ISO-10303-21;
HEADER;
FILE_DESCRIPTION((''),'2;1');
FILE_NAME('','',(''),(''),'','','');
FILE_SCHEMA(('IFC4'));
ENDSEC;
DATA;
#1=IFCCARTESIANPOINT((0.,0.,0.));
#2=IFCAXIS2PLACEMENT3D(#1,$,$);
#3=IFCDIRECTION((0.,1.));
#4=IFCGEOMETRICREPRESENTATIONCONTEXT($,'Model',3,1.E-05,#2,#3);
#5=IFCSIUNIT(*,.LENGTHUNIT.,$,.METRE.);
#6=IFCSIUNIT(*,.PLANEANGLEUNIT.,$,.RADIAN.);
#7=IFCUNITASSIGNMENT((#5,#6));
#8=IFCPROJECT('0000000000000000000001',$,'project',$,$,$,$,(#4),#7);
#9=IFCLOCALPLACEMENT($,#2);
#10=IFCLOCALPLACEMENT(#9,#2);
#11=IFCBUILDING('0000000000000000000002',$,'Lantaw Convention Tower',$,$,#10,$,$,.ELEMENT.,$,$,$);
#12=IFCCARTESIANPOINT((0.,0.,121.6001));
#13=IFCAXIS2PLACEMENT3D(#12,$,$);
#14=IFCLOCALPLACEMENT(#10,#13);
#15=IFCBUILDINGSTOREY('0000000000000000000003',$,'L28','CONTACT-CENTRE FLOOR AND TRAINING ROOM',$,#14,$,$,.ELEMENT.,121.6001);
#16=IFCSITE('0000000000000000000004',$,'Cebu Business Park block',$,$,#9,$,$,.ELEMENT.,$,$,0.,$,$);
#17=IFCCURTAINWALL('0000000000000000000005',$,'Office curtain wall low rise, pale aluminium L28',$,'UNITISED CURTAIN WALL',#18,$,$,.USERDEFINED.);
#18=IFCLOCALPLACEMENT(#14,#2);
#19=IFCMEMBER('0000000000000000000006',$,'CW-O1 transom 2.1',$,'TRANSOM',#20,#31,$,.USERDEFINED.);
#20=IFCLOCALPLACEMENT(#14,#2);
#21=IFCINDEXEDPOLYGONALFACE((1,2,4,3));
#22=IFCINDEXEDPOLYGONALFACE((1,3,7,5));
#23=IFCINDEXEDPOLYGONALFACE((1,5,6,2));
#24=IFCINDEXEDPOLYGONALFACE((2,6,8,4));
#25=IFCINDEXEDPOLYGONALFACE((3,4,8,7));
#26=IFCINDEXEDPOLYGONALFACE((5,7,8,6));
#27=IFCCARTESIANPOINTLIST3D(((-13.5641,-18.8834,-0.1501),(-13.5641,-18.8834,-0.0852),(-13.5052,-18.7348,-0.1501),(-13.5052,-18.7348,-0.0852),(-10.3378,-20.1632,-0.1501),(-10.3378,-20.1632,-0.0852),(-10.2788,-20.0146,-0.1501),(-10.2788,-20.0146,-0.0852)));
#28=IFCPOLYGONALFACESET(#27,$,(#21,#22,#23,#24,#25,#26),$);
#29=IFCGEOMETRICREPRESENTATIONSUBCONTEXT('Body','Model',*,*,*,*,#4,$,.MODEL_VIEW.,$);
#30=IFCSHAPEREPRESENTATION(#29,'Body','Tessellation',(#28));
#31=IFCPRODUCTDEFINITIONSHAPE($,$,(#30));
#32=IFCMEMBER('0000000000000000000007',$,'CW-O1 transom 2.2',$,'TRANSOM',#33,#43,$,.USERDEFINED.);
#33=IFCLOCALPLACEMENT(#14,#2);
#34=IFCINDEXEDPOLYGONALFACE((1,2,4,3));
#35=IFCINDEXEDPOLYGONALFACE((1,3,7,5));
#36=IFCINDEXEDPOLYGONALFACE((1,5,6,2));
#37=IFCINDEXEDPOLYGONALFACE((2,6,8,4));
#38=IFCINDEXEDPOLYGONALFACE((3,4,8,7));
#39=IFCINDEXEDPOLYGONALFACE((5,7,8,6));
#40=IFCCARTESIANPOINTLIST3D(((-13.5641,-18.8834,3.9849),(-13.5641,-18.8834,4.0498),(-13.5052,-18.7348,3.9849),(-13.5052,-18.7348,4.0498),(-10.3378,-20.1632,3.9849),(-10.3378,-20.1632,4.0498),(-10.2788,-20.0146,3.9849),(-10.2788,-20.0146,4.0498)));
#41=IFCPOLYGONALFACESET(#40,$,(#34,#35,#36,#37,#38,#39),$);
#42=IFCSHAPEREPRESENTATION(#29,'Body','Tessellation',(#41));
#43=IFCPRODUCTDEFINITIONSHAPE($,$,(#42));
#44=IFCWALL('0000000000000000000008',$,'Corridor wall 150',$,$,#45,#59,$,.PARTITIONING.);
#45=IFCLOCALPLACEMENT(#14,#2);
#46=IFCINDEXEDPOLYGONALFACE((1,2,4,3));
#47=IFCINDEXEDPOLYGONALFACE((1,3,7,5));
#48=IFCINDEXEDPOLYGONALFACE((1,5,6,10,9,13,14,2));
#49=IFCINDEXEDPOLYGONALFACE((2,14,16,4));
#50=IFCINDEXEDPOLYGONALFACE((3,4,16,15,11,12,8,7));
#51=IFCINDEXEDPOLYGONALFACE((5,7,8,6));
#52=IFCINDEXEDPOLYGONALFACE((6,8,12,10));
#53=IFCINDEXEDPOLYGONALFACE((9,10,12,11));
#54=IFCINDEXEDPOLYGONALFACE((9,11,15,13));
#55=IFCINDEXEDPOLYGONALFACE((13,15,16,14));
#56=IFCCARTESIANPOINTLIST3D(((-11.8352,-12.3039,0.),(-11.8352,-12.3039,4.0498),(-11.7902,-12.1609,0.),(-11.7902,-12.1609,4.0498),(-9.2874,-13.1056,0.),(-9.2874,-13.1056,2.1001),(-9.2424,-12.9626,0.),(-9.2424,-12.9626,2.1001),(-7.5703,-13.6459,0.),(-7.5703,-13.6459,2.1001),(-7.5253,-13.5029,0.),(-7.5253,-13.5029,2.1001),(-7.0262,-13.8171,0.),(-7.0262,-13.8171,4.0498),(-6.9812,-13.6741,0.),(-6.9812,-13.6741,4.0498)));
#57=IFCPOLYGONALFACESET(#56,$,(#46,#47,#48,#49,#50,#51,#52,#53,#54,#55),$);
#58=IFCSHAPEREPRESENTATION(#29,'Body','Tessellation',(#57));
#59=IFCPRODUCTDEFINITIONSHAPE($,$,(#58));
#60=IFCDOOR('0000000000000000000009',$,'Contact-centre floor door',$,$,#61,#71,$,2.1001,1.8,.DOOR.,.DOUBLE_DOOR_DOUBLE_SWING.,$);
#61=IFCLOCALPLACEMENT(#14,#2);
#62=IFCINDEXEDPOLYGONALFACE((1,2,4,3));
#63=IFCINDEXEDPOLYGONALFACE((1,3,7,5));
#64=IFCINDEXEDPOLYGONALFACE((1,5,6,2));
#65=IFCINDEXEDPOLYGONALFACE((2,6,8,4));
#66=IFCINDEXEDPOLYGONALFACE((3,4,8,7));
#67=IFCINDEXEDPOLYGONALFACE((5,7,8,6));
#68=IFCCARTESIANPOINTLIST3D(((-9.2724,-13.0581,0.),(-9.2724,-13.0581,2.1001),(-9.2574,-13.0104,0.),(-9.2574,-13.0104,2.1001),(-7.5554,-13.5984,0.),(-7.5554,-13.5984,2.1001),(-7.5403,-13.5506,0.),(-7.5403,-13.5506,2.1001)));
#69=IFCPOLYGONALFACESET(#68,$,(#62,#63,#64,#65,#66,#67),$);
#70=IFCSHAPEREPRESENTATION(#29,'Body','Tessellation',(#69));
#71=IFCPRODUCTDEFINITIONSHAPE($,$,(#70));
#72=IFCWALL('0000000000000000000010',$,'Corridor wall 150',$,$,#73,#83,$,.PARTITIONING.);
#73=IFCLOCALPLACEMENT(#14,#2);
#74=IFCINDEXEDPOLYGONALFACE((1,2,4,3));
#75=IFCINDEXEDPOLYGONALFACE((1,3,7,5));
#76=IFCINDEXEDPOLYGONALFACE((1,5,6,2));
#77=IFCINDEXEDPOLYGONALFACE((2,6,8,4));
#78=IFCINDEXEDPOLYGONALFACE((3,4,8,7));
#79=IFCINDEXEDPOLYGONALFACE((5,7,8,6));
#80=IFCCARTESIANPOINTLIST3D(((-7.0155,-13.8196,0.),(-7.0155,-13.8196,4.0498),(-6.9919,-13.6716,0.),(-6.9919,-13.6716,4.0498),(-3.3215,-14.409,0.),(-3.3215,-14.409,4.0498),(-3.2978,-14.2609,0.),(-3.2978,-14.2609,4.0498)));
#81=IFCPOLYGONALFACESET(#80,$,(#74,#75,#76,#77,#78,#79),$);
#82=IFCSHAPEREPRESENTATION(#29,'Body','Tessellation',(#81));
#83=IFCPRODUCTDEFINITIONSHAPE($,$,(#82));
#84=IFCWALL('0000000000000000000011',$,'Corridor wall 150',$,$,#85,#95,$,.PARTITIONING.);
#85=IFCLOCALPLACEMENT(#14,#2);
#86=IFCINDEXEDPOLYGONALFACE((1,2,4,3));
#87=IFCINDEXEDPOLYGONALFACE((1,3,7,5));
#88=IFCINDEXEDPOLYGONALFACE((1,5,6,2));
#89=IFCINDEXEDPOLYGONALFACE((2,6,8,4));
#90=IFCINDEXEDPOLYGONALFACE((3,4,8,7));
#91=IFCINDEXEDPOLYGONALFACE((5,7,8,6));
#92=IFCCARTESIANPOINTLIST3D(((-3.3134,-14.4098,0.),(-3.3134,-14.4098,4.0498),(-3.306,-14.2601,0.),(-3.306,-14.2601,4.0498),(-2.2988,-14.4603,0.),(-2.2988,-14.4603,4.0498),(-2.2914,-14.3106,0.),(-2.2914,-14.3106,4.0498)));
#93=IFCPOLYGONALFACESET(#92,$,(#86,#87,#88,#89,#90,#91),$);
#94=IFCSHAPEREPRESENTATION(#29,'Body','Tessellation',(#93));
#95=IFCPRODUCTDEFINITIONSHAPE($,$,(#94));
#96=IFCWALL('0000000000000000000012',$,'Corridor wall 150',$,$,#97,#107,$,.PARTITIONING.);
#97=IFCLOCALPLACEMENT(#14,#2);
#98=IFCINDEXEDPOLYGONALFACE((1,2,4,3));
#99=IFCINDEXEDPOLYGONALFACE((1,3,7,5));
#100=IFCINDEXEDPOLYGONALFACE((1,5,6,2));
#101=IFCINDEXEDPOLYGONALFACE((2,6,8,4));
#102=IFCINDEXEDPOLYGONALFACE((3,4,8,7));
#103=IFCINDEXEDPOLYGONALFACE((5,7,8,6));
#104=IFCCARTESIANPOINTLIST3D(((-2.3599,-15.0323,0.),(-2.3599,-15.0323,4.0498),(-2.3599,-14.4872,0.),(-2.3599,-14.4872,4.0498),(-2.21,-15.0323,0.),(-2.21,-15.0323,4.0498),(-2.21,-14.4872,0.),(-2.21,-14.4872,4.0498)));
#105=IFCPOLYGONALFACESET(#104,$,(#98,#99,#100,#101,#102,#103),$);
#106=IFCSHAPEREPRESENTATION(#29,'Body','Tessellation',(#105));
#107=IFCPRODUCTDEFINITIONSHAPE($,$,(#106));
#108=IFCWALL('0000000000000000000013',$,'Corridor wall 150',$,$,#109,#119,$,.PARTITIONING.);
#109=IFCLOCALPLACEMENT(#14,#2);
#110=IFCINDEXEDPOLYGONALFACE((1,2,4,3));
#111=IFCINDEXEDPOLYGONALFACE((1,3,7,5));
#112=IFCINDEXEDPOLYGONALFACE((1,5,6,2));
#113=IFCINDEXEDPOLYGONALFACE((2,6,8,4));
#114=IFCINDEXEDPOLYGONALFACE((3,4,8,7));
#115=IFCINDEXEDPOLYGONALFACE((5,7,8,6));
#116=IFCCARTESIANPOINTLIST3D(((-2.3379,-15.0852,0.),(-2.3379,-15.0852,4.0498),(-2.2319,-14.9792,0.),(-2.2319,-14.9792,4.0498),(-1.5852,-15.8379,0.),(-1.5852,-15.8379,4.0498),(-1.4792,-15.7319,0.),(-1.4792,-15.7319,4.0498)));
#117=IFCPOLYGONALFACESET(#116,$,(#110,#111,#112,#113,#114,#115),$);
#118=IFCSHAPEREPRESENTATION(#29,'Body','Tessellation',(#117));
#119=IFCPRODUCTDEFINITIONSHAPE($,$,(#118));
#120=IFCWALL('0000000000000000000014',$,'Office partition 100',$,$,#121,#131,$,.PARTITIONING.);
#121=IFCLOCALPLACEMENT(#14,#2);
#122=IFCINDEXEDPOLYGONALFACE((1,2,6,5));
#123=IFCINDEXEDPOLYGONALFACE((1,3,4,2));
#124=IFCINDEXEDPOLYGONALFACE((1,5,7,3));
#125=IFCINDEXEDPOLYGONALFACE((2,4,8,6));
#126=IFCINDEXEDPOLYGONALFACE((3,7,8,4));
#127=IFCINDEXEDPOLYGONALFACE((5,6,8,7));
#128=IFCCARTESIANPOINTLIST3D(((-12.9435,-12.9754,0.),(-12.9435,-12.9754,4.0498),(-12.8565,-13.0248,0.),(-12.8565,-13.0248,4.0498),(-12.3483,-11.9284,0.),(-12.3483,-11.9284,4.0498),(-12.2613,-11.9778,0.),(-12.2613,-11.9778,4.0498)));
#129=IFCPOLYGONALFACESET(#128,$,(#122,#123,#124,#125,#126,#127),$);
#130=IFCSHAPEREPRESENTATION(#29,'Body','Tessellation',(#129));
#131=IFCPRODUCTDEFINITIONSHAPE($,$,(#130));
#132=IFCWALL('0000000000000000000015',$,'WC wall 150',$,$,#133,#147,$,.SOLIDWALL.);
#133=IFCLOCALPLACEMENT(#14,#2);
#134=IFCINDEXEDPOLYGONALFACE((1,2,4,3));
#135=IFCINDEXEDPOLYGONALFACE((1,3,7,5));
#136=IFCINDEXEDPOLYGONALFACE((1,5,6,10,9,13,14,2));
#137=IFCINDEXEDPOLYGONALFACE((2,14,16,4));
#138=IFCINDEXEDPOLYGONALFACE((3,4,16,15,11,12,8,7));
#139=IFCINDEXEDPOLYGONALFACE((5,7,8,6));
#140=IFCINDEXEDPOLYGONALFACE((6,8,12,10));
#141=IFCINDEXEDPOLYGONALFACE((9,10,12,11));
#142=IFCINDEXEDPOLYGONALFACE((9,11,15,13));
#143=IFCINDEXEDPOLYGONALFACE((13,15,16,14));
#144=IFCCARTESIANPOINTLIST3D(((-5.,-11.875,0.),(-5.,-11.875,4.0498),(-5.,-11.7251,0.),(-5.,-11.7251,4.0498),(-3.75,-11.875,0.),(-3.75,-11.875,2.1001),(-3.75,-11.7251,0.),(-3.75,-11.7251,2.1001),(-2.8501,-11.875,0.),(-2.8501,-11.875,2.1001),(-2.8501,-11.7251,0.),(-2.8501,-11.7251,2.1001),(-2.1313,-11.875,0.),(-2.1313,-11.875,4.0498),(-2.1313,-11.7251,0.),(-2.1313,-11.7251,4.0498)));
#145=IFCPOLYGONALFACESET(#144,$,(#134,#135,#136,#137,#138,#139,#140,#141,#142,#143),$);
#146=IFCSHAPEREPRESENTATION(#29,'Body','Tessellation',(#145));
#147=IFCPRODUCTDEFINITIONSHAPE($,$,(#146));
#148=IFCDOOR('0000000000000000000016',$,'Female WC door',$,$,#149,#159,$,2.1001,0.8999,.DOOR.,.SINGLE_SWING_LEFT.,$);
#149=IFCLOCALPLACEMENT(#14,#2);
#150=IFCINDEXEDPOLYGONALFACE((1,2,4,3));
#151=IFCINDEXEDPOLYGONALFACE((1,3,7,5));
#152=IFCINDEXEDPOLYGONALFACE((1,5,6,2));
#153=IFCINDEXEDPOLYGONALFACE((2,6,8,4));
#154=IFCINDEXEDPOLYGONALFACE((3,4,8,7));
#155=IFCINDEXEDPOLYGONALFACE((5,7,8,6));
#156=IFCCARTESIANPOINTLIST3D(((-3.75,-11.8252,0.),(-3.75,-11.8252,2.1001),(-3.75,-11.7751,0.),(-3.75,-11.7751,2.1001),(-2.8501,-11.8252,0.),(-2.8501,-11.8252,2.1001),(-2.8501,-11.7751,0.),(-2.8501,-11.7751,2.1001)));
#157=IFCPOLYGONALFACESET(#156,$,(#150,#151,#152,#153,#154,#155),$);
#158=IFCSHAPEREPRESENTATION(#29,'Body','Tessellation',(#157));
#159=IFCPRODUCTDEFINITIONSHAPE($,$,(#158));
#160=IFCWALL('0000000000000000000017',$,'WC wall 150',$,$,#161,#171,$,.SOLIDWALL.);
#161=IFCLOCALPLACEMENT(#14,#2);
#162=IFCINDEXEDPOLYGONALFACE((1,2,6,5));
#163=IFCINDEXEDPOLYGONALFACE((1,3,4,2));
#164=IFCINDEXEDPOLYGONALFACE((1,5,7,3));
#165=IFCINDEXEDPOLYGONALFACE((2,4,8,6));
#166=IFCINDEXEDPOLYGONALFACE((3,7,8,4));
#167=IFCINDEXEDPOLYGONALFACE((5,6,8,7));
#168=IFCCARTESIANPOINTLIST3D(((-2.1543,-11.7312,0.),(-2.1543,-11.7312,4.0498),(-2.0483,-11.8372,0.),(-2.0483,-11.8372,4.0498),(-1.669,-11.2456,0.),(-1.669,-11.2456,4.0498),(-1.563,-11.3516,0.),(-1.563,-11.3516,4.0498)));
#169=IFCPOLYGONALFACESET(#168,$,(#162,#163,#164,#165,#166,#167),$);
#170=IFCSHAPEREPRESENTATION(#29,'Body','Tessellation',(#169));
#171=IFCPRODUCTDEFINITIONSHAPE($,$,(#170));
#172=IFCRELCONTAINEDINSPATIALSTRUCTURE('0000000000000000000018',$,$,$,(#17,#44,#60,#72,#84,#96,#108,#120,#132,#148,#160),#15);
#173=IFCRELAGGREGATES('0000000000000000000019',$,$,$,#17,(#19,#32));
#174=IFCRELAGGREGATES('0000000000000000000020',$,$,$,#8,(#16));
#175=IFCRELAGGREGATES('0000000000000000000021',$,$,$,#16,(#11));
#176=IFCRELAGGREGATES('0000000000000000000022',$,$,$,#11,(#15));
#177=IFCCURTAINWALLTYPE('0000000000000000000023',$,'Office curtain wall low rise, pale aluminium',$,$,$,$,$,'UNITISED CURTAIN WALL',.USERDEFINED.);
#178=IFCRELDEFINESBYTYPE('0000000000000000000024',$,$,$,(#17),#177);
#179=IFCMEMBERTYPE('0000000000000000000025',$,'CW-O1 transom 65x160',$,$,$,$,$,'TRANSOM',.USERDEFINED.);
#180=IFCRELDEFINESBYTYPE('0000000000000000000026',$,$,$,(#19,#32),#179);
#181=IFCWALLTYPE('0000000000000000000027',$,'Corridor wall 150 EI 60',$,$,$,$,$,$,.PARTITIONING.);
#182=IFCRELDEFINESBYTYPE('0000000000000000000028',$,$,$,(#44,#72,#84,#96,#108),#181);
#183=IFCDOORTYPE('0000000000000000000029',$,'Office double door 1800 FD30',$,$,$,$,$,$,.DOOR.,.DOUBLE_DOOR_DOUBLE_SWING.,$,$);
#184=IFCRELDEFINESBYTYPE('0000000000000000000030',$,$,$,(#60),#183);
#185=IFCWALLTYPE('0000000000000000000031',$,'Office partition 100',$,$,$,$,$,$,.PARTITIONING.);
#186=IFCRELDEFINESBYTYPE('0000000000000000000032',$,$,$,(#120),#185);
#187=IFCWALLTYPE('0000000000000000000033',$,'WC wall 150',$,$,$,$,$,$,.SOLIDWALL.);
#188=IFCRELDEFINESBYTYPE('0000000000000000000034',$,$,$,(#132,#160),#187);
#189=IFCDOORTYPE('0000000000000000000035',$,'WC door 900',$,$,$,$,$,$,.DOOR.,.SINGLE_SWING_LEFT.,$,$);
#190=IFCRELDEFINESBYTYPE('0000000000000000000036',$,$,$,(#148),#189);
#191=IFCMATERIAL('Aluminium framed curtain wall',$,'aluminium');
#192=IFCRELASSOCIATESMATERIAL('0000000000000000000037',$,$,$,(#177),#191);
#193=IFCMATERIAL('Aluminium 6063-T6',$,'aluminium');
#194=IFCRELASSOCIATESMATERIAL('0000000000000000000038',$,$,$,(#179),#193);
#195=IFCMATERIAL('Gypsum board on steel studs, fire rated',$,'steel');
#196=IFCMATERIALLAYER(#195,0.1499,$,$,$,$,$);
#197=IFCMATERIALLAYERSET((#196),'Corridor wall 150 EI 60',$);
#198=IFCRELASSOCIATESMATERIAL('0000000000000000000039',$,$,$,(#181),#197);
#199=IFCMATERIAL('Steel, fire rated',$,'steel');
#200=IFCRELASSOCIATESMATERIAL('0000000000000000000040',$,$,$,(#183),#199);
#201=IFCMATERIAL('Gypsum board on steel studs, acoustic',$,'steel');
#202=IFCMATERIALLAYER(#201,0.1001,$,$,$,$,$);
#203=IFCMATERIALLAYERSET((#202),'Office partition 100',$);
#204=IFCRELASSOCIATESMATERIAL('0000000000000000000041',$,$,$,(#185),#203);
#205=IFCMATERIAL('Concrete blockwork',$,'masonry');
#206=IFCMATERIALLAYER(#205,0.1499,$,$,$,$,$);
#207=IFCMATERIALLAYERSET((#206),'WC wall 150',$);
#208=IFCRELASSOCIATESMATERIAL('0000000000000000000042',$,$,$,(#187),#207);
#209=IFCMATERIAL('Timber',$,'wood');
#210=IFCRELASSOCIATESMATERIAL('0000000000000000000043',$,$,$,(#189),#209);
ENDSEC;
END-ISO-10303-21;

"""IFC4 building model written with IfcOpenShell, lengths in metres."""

from ifc_helpers import new_model, si_unit, direction, frame, frame_2d, origin, origin_2d, place, context, subcontext, project, spatial, rectangle, extrude, material, layer, layer_set, material_profile, profile_set, type_object, element, fill, aggregate, save


model = new_model("IFC4")

# Units and contexts
model_context = context("Model", 3, precision=1e-05, world=origin(), true_north=direction((0.0, 1.0)))
body_context = subcontext(model_context, "Body", "Model", "MODEL_VIEW")
ifc_project = project(units=[si_unit("LENGTHUNIT", "METRE"), si_unit("PLANEANGLEUNIT", "RADIAN")], contexts=[model_context])

# Site, building, storey
site_placement = place(None, origin())
site = spatial("IfcSite", under=ifc_project, at=site_placement, Name="Cebu Business Park block", CompositionType="ELEMENT", RefElevation=0.0)
building_placement = place(site_placement, origin())
building = spatial("IfcBuilding", under=site, at=building_placement, Name="Lantaw Convention Tower", CompositionType="ELEMENT")
storey_placement = place(building_placement, frame((0.0, 0.0, 121.6001)))
storey = spatial("IfcBuildingStorey", under=building, at=storey_placement, Name="L28", Description="CONTACT-CENTRE FLOOR AND TRAINING ROOM", CompositionType="ELEMENT", Elevation=121.6001)

# Curtain wall, members
ifc_material_1 = material(Name="Aluminium framed curtain wall", Category="aluminium")
curtain_wall_type = type_object("IfcCurtainWallType", Name="Office curtain wall low rise, pale aluminium", ElementType="UNITISED CURTAIN WALL", PredefinedType="USERDEFINED", material=ifc_material_1)
curtain_wall_placement = place(storey_placement, origin())
curtain_wall = element("IfcCurtainWall", 1, at=curtain_wall_placement, inside=storey, type_object=curtain_wall_type, Name="Office curtain wall low rise, pale aluminium L28", ObjectType="UNITISED CURTAIN WALL", PredefinedType="USERDEFINED")
ifc_material_2 = material(Name="Aluminium 6063-T6", Category="aluminium")
ifc_material_profile_1 = material_profile(ifc_material_2, rectangle(XDim=0.1599, YDim=0.0649, at=origin_2d()), Name="CW-O1 transom 65x160")
ifc_profile_set_1 = profile_set([ifc_material_profile_1], Name="Aluminium 6063-T6")
member_type_1 = type_object("IfcMemberType", Name="CW-O1 transom 65x160", ElementType="TRANSOM", PredefinedType="USERDEFINED", material=ifc_profile_set_1)
member_1_placement = place(storey_placement, frame((-13.5347, -18.8091, -0.1177), z_axis=(0.92954, -0.368721, 0.0), x_axis=(0.368721, 0.92954, 0.0)))
member_1 = element("IfcMember", 2, at=member_1_placement, type_object=member_type_1, Name="CW-O1 transom 2.1", ObjectType="TRANSOM", PredefinedType="USERDEFINED", context=body_context, shape_type="SweptSolid", body=[
    extrude(rectangle(XDim=0.1599, YDim=0.0649, at=origin_2d()), origin(), (0.0, 0.0, 1.0), 3.4709),
])
member_2_placement = place(storey_placement, frame((-13.5347, -18.8091, 4.0173), z_axis=(0.92954, -0.368721, 0.0), x_axis=(0.368721, 0.92954, 0.0)))
member_2 = element("IfcMember", 3, at=member_2_placement, type_object=member_type_1, Name="CW-O1 transom 2.2", ObjectType="TRANSOM", PredefinedType="USERDEFINED", context=body_context, shape_type="SweptSolid", body=[
    extrude(rectangle(XDim=0.1599, YDim=0.0649, at=origin_2d()), origin(), (0.0, 0.0, 1.0), 3.4709),
])
aggregate(curtain_wall, [member_1, member_2])

# Wall, opening, door
ifc_material_3 = material(Name="Gypsum board on steel studs, fire rated", Category="steel")
ifc_layer_1 = layer(ifc_material_3, 0.1499)
ifc_layer_set_1 = layer_set([ifc_layer_1], Name="Corridor wall 150 EI 60")
wall_type_1 = type_object("IfcWallType", Name="Corridor wall 150 EI 60", PredefinedType="PARTITIONING", material=ifc_layer_set_1)
wall_1_placement = place(storey_placement, frame((-11.8127, -12.2324, 0.0), z_axis=(0.0, 0.0, 1.0), x_axis=(0.953894, -0.300144, 0.0)))
wall_1 = element("IfcWall", 4, at=wall_1_placement, inside=storey, type_object=wall_type_1, Name="Corridor wall 150", PredefinedType="PARTITIONING", context=body_context, shape_type="SweptSolid", body=[
    extrude(rectangle(XDim=5.0415, YDim=0.1499, at=frame_2d((2.5208, 0.0))), origin(), (0.0, 0.0, 1.0), 4.0498),
])
opening_1_placement = place(wall_1_placement, frame((2.6711, 0.0, 0.0)))
opening_1 = element("IfcOpeningElement", 5, at=opening_1_placement, cuts=wall_1, PredefinedType="OPENING", context=body_context, shape_type="SweptSolid", body=[
    extrude(rectangle(XDim=1.8, YDim=2.1001, at=frame_2d((0.8999, 1.05))), frame((0.0, 0.085, 0.0), z_axis=(0.0, -1.0, 0.0), x_axis=(1.0, 0.0, 0.0)), (0.0, 0.0, 1.0), 0.1699),
])
ifc_material_4 = material(Name="Steel, fire rated", Category="steel")
door_type_1 = type_object("IfcDoorType", Name="Office double door 1800 FD30", OperationType="DOUBLE_DOOR_DOUBLE_SWING", PredefinedType="DOOR", material=ifc_material_4)
door_1_placement = place(opening_1_placement, origin())
door_1 = element("IfcDoor", 6, at=door_1_placement, inside=storey, type_object=door_type_1, Name="Contact-centre floor door", OperationType="DOUBLE_DOOR_DOUBLE_SWING", OverallHeight=2.1001, OverallWidth=1.8, PredefinedType="DOOR", context=body_context, shape_type="SweptSolid", body=[
    extrude(rectangle(XDim=1.8, YDim=2.1001, at=frame_2d((0.8999, 1.05))), frame((0.0, 0.0249, 0.0), z_axis=(0.0, -1.0, 0.0), x_axis=(1.0, 0.0, 0.0)), (0.0, 0.0, 1.0), 0.05),
])
fill(opening_1, door_1)

# Walls
wall_2_placement = place(storey_placement, frame((-7.0037, -13.7456, 0.0), z_axis=(0.0, 0.0, 1.0), x_axis=(0.987511, -0.157548, 0.0)))
element("IfcWall", 7, at=wall_2_placement, inside=storey, type_object=wall_type_1, Name="Corridor wall 150", PredefinedType="PARTITIONING", context=body_context, shape_type="SweptSolid", body=[
    extrude(rectangle(XDim=3.7407, YDim=0.1499, at=frame_2d((1.8704, 0.0))), origin(), (0.0, 0.0, 1.0), 4.0498),
])
wall_3_placement = place(storey_placement, frame((-3.3096, -14.335, 0.0), z_axis=(0.0, 0.0, 1.0), x_axis=(0.998762, -0.049746, 0.0)))
element("IfcWall", 8, at=wall_3_placement, inside=storey, type_object=wall_type_1, Name="Corridor wall 150", PredefinedType="PARTITIONING", context=body_context, shape_type="SweptSolid", body=[
    extrude(rectangle(XDim=1.0159, YDim=0.1499, at=frame_2d((0.5078, 0.0))), origin(), (0.0, 0.0, 1.0), 4.0498),
])
wall_4_placement = place(storey_placement, frame((-2.2849, -15.0322, 0.0), z_axis=(0.0, 0.0, 1.0), x_axis=(0.0, 1.0, 0.0)))
element("IfcWall", 9, at=wall_4_placement, inside=storey, type_object=wall_type_1, Name="Corridor wall 150", PredefinedType="PARTITIONING", context=body_context, shape_type="SweptSolid", body=[
    extrude(rectangle(XDim=0.5452, YDim=0.1499, at=frame_2d((0.2725, 0.0))), origin(), (0.0, 0.0, 1.0), 4.0498),
])
wall_5_placement = place(storey_placement, frame((-1.5322, -15.7849, 0.0), z_axis=(0.0, 0.0, 1.0), x_axis=(-0.707107, 0.707107, 0.0)))
element("IfcWall", 10, at=wall_5_placement, inside=storey, type_object=wall_type_1, Name="Corridor wall 150", PredefinedType="PARTITIONING", context=body_context, shape_type="SweptSolid", body=[
    extrude(rectangle(XDim=1.0645, YDim=0.1499, at=frame_2d((0.5322, 0.0))), origin(), (0.0, 0.0, 1.0), 4.0498),
])
ifc_material_5 = material(Name="Gypsum board on steel studs, acoustic", Category="steel")
ifc_layer_2 = layer(ifc_material_5, 0.1001)
ifc_layer_set_2 = layer_set([ifc_layer_2], Name="Office partition 100")
wall_type_2 = type_object("IfcWallType", Name="Office partition 100", PredefinedType="PARTITIONING", material=ifc_layer_set_2)
wall_6_placement = place(storey_placement, frame((-12.8999, -13.0, 0.0), z_axis=(0.0, 0.0, 1.0), x_axis=(0.494173, 0.869364, 0.0)))
element("IfcWall", 11, at=wall_6_placement, inside=storey, type_object=wall_type_2, Name="Office partition 100", PredefinedType="PARTITIONING", context=body_context, shape_type="SweptSolid", body=[
    extrude(rectangle(XDim=1.2043, YDim=0.1001, at=frame_2d((0.6021, 0.0))), origin(), (0.0, 0.0, 1.0), 4.0498),
])

# Wall, opening, door
ifc_material_6 = material(Name="Concrete blockwork", Category="masonry")
ifc_layer_3 = layer(ifc_material_6, 0.1499)
ifc_layer_set_3 = layer_set([ifc_layer_3], Name="WC wall 150")
wall_type_3 = type_object("IfcWallType", Name="WC wall 150", PredefinedType="SOLIDWALL", material=ifc_layer_set_3)
wall_7_placement = place(storey_placement, frame((-5.0, -11.8, 0.0), z_axis=(0.0, 0.0, 1.0), x_axis=(1.0, 0.0, 0.0)))
wall_7 = element("IfcWall", 12, at=wall_7_placement, inside=storey, type_object=wall_type_3, Name="WC wall 150", PredefinedType="SOLIDWALL", context=body_context, shape_type="SweptSolid", body=[
    extrude(rectangle(XDim=2.8687, YDim=0.1499, at=frame_2d((1.4343, 0.0))), origin(), (0.0, 0.0, 1.0), 4.0498),
])
opening_2_placement = place(wall_7_placement, frame((1.25, 0.0, 0.0)))
opening_2 = element("IfcOpeningElement", 13, at=opening_2_placement, cuts=wall_7, PredefinedType="OPENING", context=body_context, shape_type="SweptSolid", body=[
    extrude(rectangle(XDim=0.8999, YDim=2.1001, at=frame_2d((0.45, 1.05))), frame((0.0, 0.085, 0.0), z_axis=(0.0, -1.0, 0.0), x_axis=(1.0, 0.0, 0.0)), (0.0, 0.0, 1.0), 0.1699),
])
ifc_material_7 = material(Name="Timber", Category="wood")
door_type_2 = type_object("IfcDoorType", Name="WC door 900", OperationType="SINGLE_SWING_LEFT", PredefinedType="DOOR", material=ifc_material_7)
door_2_placement = place(opening_2_placement, origin())
door_2 = element("IfcDoor", 14, at=door_2_placement, inside=storey, type_object=door_type_2, Name="Female WC door", OperationType="SINGLE_SWING_LEFT", OverallHeight=2.1001, OverallWidth=0.8999, PredefinedType="DOOR", context=body_context, shape_type="SweptSolid", body=[
    extrude(rectangle(XDim=0.8999, YDim=2.1001, at=frame_2d((0.45, 1.05))), frame((0.0, 0.0249, 0.0), z_axis=(0.0, -1.0, 0.0), x_axis=(1.0, 0.0, 0.0)), (0.0, 0.0, 1.0), 0.05),
])
fill(opening_2, door_2)

# Wall
wall_8_placement = place(storey_placement, frame((-2.1013, -11.7842, 0.0), z_axis=(0.0, 0.0, 1.0), x_axis=(0.706929, 0.707285, 0.0)))
element("IfcWall", 15, at=wall_8_placement, inside=storey, type_object=wall_type_3, Name="WC wall 150", PredefinedType="SOLIDWALL", context=body_context, shape_type="SweptSolid", body=[
    extrude(rectangle(XDim=0.6865, YDim=0.1499, at=frame_2d((0.3433, 0.0))), origin(), (0.0, 0.0, 1.0), 4.0498),
])

save(model, "model.ifc")
